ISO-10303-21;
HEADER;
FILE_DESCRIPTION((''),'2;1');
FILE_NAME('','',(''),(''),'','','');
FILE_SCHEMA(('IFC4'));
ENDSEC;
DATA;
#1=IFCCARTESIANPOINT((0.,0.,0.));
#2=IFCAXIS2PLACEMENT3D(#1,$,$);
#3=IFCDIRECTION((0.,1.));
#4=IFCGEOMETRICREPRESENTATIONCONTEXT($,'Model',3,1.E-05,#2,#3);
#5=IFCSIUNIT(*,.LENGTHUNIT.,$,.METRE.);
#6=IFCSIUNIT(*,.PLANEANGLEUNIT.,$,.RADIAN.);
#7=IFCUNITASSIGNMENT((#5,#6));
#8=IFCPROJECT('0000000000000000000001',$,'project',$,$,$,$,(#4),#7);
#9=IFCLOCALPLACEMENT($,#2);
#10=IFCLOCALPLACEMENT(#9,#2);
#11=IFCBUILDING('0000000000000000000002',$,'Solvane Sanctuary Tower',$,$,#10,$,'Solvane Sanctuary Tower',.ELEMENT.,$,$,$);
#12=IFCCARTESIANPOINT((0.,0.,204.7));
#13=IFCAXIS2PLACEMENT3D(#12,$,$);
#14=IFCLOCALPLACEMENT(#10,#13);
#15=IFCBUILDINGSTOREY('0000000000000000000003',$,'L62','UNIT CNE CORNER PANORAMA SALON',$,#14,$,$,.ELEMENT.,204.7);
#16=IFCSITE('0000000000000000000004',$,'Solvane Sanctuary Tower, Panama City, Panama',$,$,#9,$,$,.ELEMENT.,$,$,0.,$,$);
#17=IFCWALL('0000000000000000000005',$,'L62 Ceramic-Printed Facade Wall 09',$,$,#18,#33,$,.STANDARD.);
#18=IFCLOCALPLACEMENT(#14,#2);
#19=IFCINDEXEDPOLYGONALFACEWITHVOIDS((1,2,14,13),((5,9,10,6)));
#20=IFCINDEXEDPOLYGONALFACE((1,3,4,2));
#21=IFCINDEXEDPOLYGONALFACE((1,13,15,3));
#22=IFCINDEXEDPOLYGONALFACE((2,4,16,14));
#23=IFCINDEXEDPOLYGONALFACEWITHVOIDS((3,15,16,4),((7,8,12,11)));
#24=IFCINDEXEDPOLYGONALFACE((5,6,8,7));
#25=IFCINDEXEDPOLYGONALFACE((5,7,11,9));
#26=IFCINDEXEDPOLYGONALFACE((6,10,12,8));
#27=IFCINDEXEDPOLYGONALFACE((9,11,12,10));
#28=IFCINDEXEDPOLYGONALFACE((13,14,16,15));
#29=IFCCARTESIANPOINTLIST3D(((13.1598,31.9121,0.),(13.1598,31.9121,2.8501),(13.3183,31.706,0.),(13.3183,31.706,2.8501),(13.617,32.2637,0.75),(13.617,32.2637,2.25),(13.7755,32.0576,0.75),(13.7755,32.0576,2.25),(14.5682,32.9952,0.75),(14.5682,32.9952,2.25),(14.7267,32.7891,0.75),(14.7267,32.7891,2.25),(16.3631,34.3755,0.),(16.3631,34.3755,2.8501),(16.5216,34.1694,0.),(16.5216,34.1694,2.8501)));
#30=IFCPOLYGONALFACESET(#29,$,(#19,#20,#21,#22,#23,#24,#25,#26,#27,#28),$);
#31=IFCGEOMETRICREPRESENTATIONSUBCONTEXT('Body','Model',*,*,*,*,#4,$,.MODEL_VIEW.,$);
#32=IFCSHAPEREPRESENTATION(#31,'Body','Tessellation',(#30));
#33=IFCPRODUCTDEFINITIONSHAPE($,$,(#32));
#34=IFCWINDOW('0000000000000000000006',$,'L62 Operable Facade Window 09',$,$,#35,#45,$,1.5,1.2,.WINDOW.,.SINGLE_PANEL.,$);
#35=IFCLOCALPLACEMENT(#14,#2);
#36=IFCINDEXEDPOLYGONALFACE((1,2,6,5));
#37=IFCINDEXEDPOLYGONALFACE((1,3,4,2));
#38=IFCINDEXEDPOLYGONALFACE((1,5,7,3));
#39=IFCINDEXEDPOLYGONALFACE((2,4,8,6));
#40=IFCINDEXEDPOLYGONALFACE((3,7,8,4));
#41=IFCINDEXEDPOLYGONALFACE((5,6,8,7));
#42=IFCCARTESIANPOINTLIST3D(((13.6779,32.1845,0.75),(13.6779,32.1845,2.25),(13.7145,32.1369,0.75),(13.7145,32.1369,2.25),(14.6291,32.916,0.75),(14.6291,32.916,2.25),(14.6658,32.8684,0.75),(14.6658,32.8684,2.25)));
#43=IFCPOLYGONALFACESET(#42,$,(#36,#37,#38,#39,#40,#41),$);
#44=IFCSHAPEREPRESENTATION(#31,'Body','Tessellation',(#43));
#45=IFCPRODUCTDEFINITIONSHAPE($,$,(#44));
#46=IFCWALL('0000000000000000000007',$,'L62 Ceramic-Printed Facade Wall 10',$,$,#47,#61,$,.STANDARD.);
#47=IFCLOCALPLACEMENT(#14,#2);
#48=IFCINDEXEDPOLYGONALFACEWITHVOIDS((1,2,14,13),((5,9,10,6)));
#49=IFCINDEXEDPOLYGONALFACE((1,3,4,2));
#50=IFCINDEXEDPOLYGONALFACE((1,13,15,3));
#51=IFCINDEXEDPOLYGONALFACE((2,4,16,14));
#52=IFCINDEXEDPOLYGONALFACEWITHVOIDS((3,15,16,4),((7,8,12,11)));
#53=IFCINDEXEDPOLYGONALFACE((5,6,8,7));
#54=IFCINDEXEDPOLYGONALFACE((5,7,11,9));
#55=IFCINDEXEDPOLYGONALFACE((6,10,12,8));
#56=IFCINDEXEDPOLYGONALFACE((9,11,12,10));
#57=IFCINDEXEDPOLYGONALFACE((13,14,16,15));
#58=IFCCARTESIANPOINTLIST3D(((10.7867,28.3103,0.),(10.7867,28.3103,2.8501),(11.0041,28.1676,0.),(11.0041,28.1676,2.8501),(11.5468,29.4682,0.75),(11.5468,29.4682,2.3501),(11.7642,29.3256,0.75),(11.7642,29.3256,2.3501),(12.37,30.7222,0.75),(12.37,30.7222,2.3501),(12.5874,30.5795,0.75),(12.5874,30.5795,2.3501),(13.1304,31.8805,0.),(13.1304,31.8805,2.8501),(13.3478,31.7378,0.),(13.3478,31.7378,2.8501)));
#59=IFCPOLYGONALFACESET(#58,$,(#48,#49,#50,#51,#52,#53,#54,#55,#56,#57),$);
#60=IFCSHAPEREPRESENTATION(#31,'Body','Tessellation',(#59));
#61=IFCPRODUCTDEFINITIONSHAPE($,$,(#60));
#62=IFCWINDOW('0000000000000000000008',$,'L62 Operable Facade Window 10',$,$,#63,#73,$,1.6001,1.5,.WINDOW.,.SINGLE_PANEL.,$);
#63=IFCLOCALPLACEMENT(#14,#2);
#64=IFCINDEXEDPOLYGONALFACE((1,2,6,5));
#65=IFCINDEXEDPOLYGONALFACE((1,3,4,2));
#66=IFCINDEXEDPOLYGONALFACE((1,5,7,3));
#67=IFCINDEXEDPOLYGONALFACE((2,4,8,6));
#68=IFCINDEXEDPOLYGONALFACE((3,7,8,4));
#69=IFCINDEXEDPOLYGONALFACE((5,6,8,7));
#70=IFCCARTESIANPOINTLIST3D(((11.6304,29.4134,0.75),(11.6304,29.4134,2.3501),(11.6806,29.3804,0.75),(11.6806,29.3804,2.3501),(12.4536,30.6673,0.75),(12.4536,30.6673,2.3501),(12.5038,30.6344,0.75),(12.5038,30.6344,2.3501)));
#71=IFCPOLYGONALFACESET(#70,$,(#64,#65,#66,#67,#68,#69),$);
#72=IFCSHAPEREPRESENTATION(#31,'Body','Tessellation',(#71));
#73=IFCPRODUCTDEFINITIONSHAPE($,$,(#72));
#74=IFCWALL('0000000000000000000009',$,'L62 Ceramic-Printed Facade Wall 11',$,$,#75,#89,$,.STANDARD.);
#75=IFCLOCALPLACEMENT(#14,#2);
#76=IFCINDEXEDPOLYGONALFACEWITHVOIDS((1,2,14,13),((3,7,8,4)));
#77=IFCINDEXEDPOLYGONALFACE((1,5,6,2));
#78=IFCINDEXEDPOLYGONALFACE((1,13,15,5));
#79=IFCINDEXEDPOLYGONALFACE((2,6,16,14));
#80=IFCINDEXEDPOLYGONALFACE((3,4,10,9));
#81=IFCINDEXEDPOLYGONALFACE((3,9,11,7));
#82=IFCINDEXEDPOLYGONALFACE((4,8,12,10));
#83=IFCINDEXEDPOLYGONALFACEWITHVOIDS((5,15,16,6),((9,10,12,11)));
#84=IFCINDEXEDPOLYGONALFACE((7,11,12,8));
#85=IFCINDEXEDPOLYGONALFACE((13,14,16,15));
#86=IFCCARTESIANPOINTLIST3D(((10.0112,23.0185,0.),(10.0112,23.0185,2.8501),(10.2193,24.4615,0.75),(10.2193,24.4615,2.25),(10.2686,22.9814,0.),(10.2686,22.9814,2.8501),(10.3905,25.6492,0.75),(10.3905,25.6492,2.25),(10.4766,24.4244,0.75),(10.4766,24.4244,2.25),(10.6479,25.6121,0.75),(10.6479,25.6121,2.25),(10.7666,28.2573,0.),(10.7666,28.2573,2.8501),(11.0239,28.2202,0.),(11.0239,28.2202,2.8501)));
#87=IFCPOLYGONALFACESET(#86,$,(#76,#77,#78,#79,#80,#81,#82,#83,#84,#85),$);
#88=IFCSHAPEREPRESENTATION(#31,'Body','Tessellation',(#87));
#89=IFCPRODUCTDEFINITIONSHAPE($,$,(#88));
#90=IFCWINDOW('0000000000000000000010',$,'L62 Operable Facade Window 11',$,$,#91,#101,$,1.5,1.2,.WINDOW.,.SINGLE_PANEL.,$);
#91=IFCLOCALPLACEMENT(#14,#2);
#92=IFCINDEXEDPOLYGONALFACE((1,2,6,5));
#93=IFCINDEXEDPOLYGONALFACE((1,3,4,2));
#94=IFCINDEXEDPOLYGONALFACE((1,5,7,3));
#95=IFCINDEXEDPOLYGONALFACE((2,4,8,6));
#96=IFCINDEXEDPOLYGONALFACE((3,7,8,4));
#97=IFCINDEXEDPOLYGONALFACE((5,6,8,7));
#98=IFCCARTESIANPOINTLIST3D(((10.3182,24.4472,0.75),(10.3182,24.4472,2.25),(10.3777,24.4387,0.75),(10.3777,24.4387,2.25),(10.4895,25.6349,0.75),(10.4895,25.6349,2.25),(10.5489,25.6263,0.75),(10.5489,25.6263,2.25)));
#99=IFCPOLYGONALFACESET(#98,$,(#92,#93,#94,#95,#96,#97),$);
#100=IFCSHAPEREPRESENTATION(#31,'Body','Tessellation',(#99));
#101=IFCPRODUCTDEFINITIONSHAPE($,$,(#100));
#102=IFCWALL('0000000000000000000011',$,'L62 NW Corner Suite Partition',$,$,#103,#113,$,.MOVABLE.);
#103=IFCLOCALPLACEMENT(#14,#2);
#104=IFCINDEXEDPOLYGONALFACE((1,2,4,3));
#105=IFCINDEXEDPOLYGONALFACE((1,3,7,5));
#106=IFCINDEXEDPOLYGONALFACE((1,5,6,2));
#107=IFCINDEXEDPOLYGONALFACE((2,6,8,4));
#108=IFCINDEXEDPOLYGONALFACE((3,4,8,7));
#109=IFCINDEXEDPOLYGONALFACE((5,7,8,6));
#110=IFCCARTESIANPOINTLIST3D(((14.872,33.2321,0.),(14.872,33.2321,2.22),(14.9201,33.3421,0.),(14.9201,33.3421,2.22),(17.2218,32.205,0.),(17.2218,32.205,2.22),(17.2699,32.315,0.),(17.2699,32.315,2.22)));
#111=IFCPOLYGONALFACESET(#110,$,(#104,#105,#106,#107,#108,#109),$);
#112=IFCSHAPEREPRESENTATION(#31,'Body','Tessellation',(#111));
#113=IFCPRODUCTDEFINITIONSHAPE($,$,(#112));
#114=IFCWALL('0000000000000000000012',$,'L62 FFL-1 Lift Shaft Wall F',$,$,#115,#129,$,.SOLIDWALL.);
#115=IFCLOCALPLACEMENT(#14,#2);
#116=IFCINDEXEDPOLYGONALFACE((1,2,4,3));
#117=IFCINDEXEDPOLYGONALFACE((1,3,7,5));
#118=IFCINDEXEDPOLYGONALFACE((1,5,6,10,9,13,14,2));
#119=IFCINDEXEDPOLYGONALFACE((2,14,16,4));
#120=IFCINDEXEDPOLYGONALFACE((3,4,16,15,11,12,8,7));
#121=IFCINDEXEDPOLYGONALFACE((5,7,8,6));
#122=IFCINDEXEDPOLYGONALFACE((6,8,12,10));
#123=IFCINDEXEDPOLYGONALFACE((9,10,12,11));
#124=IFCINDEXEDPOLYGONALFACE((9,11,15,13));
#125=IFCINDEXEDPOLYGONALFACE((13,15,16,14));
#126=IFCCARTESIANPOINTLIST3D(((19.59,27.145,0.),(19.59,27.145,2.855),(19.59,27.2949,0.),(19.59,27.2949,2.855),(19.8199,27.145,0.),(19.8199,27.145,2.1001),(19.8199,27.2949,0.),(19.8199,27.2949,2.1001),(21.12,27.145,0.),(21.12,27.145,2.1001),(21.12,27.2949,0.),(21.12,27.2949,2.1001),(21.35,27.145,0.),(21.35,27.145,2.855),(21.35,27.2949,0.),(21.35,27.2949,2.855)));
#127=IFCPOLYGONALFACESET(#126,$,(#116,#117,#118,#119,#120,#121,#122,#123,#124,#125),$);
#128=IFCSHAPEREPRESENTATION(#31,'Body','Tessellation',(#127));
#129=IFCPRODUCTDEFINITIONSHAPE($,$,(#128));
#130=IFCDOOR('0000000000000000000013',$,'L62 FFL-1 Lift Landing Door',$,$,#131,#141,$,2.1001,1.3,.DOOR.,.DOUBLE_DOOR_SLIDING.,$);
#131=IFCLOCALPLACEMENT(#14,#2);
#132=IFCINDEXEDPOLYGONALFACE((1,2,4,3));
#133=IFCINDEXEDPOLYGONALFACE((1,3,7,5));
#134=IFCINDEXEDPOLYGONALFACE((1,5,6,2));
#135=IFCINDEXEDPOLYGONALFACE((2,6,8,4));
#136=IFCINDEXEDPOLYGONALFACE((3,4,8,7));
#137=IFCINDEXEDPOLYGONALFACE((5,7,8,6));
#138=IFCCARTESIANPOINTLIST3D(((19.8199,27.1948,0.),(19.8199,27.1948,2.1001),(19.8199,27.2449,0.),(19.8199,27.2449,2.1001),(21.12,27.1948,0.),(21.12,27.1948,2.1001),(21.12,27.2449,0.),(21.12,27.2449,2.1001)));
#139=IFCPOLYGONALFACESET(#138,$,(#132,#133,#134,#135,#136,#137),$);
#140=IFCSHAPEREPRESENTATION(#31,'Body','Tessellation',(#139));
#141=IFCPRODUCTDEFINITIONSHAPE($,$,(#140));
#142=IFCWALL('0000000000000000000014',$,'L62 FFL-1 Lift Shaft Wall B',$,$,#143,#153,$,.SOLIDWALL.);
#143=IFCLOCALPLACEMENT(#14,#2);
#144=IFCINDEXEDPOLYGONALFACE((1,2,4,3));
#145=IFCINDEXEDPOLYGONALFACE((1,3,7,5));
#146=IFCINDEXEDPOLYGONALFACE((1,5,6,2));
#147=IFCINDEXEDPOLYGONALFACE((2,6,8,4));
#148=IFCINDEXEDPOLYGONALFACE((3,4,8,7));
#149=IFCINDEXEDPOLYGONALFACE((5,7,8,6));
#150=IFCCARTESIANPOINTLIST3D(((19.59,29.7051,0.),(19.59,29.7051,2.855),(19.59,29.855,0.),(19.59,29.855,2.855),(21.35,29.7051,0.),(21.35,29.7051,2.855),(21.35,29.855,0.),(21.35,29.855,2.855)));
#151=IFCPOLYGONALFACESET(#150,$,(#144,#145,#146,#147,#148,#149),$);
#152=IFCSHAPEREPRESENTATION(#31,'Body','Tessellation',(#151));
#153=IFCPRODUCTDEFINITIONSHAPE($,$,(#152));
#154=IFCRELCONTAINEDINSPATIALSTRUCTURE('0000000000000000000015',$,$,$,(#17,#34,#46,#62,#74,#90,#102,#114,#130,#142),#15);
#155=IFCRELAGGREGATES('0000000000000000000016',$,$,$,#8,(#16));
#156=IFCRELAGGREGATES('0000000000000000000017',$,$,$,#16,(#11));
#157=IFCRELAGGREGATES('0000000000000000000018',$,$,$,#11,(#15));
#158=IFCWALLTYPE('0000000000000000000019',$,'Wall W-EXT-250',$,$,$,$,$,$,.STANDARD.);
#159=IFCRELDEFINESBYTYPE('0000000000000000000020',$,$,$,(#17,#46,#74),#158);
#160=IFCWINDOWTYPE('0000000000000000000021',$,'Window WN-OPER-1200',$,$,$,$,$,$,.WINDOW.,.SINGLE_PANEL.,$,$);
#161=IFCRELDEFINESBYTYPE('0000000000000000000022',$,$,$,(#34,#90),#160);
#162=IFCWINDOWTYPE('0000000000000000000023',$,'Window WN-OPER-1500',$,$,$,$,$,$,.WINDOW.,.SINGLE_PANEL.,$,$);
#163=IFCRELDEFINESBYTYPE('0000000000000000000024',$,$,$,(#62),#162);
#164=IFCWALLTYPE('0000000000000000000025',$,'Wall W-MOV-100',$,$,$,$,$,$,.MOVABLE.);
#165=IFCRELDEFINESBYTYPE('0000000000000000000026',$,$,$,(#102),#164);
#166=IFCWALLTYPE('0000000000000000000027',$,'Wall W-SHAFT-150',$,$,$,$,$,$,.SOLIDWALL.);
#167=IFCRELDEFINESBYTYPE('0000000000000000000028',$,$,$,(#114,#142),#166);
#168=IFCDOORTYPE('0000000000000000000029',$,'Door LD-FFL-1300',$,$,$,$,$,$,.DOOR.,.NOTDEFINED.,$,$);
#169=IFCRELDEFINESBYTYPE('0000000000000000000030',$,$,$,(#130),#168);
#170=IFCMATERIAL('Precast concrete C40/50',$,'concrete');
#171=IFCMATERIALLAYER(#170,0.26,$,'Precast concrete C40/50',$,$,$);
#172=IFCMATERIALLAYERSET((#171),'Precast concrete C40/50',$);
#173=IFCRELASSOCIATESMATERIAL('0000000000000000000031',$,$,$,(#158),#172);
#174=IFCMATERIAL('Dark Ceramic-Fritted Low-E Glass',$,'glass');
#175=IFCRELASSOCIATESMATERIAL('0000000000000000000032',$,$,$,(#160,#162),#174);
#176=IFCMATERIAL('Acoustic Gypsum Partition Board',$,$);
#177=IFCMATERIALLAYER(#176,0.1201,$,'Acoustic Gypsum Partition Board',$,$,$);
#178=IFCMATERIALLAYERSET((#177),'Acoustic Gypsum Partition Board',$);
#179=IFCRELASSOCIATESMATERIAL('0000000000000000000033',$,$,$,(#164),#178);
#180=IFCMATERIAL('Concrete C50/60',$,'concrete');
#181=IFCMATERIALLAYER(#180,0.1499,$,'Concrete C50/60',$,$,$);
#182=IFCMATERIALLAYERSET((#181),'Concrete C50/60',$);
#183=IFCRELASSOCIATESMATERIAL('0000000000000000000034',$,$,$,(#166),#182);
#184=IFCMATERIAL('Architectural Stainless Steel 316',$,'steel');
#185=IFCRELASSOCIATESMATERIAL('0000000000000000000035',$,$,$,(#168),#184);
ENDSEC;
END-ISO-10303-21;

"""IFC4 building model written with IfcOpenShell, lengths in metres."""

from ifc_helpers import new_model, si_unit, direction, frame, frame_2d, origin, place, context, subcontext, project, spatial, rectangle, extrude, material, layer, layer_set, type_object, element, fill, save


model = new_model("IFC4")

# Units and contexts
model_context = context("Model", 3, precision=1e-05, world=origin(), true_north=direction((0.0, 1.0)))
body_context = subcontext(model_context, "Body", "Model", "MODEL_VIEW")
ifc_project = project(units=[si_unit("LENGTHUNIT", "METRE"), si_unit("PLANEANGLEUNIT", "RADIAN")], contexts=[model_context])

# Site, building, storey
site_placement = place(None, origin())
site = spatial("IfcSite", under=ifc_project, at=site_placement, Name="Solvane Sanctuary Tower, Panama City, Panama", CompositionType="ELEMENT", RefElevation=0.0)
building_placement = place(site_placement, origin())
building = spatial("IfcBuilding", under=site, at=building_placement, Name="Solvane Sanctuary Tower", LongName="Solvane Sanctuary Tower", CompositionType="ELEMENT")
storey_placement = place(building_placement, frame((0.0, 0.0, 204.7)))
storey = spatial("IfcBuildingStorey", under=building, at=storey_placement, Name="L62", Description="UNIT CNE CORNER PANORAMA SALON", CompositionType="ELEMENT", Elevation=204.7)

# Shared definitions
ifc_material_1 = material(Name="Concrete C50/60", Category="concrete")

# Shared definitions
ifc_material_2 = material(Name="Acoustic Gypsum Partition Board")

# Shared definitions
ifc_material_3 = material(Name="Architectural Stainless Steel 316", Category="steel")

# Shared definitions
ifc_material_4 = material(Name="Precast concrete C40/50", Category="concrete")
ifc_layer_1 = layer(ifc_material_4, 0.26, Name="Precast concrete C40/50")
ifc_layer_set_1 = layer_set([ifc_layer_1], Name="Precast concrete C40/50")
wall_type_1 = type_object("IfcWallType", Name="Wall W-EXT-250", PredefinedType="STANDARD", material=ifc_layer_set_1)

# Walls, openings, windows
wall_1_placement = place(storey_placement, frame((16.4424, 34.2725, 0.0), z_axis=(0.0, 0.0, 1.0), x_axis=(-0.792714, -0.609594, 0.0)))
wall_1 = element("IfcWall", 1, at=wall_1_placement, inside=storey, type_object=wall_type_1, Name="L62 Ceramic-Printed Facade Wall 09", PredefinedType="STANDARD", context=body_context, shape_type="SweptSolid", body=[
    extrude(rectangle(XDim=4.041, YDim=0.26, at=frame_2d((2.0205, 0.0))), origin(), (0.0, 0.0, 1.0), 2.8501),
])
opening_1_placement = place(wall_1_placement, frame((2.2642, 0.0, 0.75)))
opening_1 = element("IfcOpeningElement", 2, at=opening_1_placement, cuts=wall_1, PredefinedType="OPENING", context=body_context, shape_type="SweptSolid", body=[
    extrude(rectangle(XDim=1.2, YDim=1.5, at=frame_2d((0.6001, 0.75))), frame((0.0, 0.1399, 0.0), z_axis=(0.0, -1.0, 0.0), x_axis=(1.0, 0.0, 0.0)), (0.0, 0.0, 1.0), 0.28),
])
ifc_material_5 = material(Name="Dark Ceramic-Fritted Low-E Glass", Category="glass")
window_type_1 = type_object("IfcWindowType", Name="Window WN-OPER-1200", PartitioningType="SINGLE_PANEL", PredefinedType="WINDOW", material=ifc_material_5)
window_1_placement = place(opening_1_placement, origin())
window_1 = element("IfcWindow", 3, at=window_1_placement, inside=storey, type_object=window_type_1, Name="L62 Operable Facade Window 09", OverallHeight=1.5, OverallWidth=1.2, PartitioningType="SINGLE_PANEL", PredefinedType="WINDOW", context=body_context, shape_type="SweptSolid", body=[
    extrude(rectangle(XDim=1.2, YDim=1.5, at=frame_2d((0.6001, 0.75))), frame((0.0, 0.03, 0.0), z_axis=(0.0, -1.0, 0.0), x_axis=(1.0, 0.0, 0.0)), (0.0, 0.0, 1.0), 0.0601),
])
fill(opening_1, window_1)
wall_2_placement = place(storey_placement, frame((13.239, 31.8091, 0.0), z_axis=(0.0, 0.0, 1.0), x_axis=(-0.548776, -0.835969, 0.0)))
wall_2 = element("IfcWall", 4, at=wall_2_placement, inside=storey, type_object=wall_type_1, Name="L62 Ceramic-Printed Facade Wall 10", PredefinedType="STANDARD", context=body_context, shape_type="SweptSolid", body=[
    extrude(rectangle(XDim=4.2708, YDim=0.26, at=frame_2d((2.1353, 0.0))), origin(), (0.0, 0.0, 1.0), 2.8501),
])
opening_2_placement = place(wall_2_placement, frame((1.3855, 0.0, 0.75)))
opening_2 = element("IfcOpeningElement", 5, at=opening_2_placement, cuts=wall_2, PredefinedType="OPENING", context=body_context, shape_type="SweptSolid", body=[
    extrude(rectangle(XDim=1.5, YDim=1.6001, at=frame_2d((0.75, 0.8))), frame((0.0, 0.1399, 0.0), z_axis=(0.0, -1.0, 0.0), x_axis=(1.0, 0.0, 0.0)), (0.0, 0.0, 1.0), 0.28),
])
window_type_2 = type_object("IfcWindowType", Name="Window WN-OPER-1500", PartitioningType="SINGLE_PANEL", PredefinedType="WINDOW", material=ifc_material_5)
window_2_placement = place(opening_2_placement, origin())
window_2 = element("IfcWindow", 6, at=window_2_placement, inside=storey, type_object=window_type_2, Name="L62 Operable Facade Window 10", OverallHeight=1.6001, OverallWidth=1.5, PartitioningType="SINGLE_PANEL", PredefinedType="WINDOW", context=body_context, shape_type="SweptSolid", body=[
    extrude(rectangle(XDim=1.5, YDim=1.6001, at=frame_2d((0.75, 0.8))), frame((0.0, 0.03, 0.0), z_axis=(0.0, -1.0, 0.0), x_axis=(1.0, 0.0, 0.0)), (0.0, 0.0, 1.0), 0.0601),
])
fill(opening_2, window_2)
wall_3_placement = place(storey_placement, frame((10.8953, 28.2388, 0.0), z_axis=(0.0, 0.0, 1.0), x_axis=(-0.142713, -0.989764, 0.0)))
wall_3 = element("IfcWall", 7, at=wall_3_placement, inside=storey, type_object=wall_type_1, Name="L62 Ceramic-Printed Facade Wall 11", PredefinedType="STANDARD", context=body_context, shape_type="SweptSolid", body=[
    extrude(rectangle(XDim=5.293, YDim=0.26, at=frame_2d((2.6465, 0.0))), origin(), (0.0, 0.0, 1.0), 2.8501),
])
opening_3_placement = place(wall_3_placement, frame((2.635, 0.0, 0.75)))
opening_3 = element("IfcOpeningElement", 8, at=opening_3_placement, cuts=wall_3, PredefinedType="OPENING", context=body_context, shape_type="SweptSolid", body=[
    extrude(rectangle(XDim=1.2, YDim=1.5, at=frame_2d((0.6001, 0.75))), frame((0.0, 0.1399, 0.0), z_axis=(0.0, -1.0, 0.0), x_axis=(1.0, 0.0, 0.0)), (0.0, 0.0, 1.0), 0.28),
])
window_3_placement = place(opening_3_placement, origin())
window_3 = element("IfcWindow", 9, at=window_3_placement, inside=storey, type_object=window_type_1, Name="L62 Operable Facade Window 11", OverallHeight=1.5, OverallWidth=1.2, PartitioningType="SINGLE_PANEL", PredefinedType="WINDOW", context=body_context, shape_type="SweptSolid", body=[
    extrude(rectangle(XDim=1.2, YDim=1.5, at=frame_2d((0.6001, 0.75))), frame((0.0, 0.03, 0.0), z_axis=(0.0, -1.0, 0.0), x_axis=(1.0, 0.0, 0.0)), (0.0, 0.0, 1.0), 0.0601),
])
fill(opening_3, window_3)

# Wall
ifc_layer_2 = layer(ifc_material_2, 0.1201, Name="Acoustic Gypsum Partition Board")
ifc_layer_set_2 = layer_set([ifc_layer_2], Name="Acoustic Gypsum Partition Board")
wall_type_2 = type_object("IfcWallType", Name="Wall W-MOV-100", PredefinedType="MOVABLE", material=ifc_layer_set_2)
wall_4_placement = place(storey_placement, frame((17.2458, 32.26, 0.0), z_axis=(0.0, 0.0, 1.0), x_axis=(-0.916295, 0.400504, 0.0)))
element("IfcWall", 10, at=wall_4_placement, inside=storey, type_object=wall_type_2, Name="L62 NW Corner Suite Partition", PredefinedType="MOVABLE", context=body_context, shape_type="SweptSolid", body=[
    extrude(rectangle(XDim=2.5645, YDim=0.1201, at=frame_2d((1.2822, 0.0))), origin(), (0.0, 0.0, 1.0), 2.22),
])

# Wall, opening, door
ifc_layer_3 = layer(ifc_material_1, 0.1499, Name="Concrete C50/60")
ifc_layer_set_3 = layer_set([ifc_layer_3], Name="Concrete C50/60")
wall_type_3 = type_object("IfcWallType", Name="Wall W-SHAFT-150", PredefinedType="SOLIDWALL", material=ifc_layer_set_3)
wall_5_placement = place(storey_placement, frame((19.5901, 27.22, 0.0), z_axis=(0.0, 0.0, 1.0), x_axis=(1.0, 0.0, 0.0)))
wall_5 = element("IfcWall", 11, at=wall_5_placement, inside=storey, type_object=wall_type_3, Name="L62 FFL-1 Lift Shaft Wall F", PredefinedType="SOLIDWALL", context=body_context, shape_type="SweptSolid", body=[
    extrude(rectangle(XDim=1.76, YDim=0.1499, at=frame_2d((0.8799, 0.0))), origin(), (0.0, 0.0, 1.0), 2.855),
])
opening_4_placement = place(wall_5_placement, frame((0.23, 0.0, 0.0)))
opening_4 = element("IfcOpeningElement", 12, at=opening_4_placement, cuts=wall_5, PredefinedType="OPENING", context=body_context, shape_type="SweptSolid", body=[
    extrude(rectangle(XDim=1.3, YDim=2.1001, at=frame_2d((0.6499, 1.05))), frame((0.0, 0.085, 0.0), z_axis=(0.0, -1.0, 0.0), x_axis=(1.0, 0.0, 0.0)), (0.0, 0.0, 1.0), 0.1699),
])
door_type_1 = type_object("IfcDoorType", Name="Door LD-FFL-1300", OperationType="NOTDEFINED", PredefinedType="DOOR", material=ifc_material_3)
door_1_placement = place(opening_4_placement, origin())
door_1 = element("IfcDoor", 13, at=door_1_placement, inside=storey, type_object=door_type_1, Name="L62 FFL-1 Lift Landing Door", OperationType="DOUBLE_DOOR_SLIDING", OverallHeight=2.1001, OverallWidth=1.3, PredefinedType="DOOR", context=body_context, shape_type="SweptSolid", body=[
    extrude(rectangle(XDim=1.3, YDim=2.1001, at=frame_2d((0.6499, 1.05))), frame((0.0, 0.0249, 0.0), z_axis=(0.0, -1.0, 0.0), x_axis=(1.0, 0.0, 0.0)), (0.0, 0.0, 1.0), 0.05),
])
fill(opening_4, door_1)

# Wall
wall_6_placement = place(storey_placement, frame((19.5901, 29.78, 0.0), z_axis=(0.0, 0.0, 1.0), x_axis=(1.0, 0.0, 0.0)))
element("IfcWall", 14, at=wall_6_placement, inside=storey, type_object=wall_type_3, Name="L62 FFL-1 Lift Shaft Wall B", PredefinedType="SOLIDWALL", context=body_context, shape_type="SweptSolid", body=[
    extrude(rectangle(XDim=1.76, YDim=0.1499, at=frame_2d((0.8799, 0.0))), origin(), (0.0, 0.0, 1.0), 2.855),
])

save(model, "model.ifc")
